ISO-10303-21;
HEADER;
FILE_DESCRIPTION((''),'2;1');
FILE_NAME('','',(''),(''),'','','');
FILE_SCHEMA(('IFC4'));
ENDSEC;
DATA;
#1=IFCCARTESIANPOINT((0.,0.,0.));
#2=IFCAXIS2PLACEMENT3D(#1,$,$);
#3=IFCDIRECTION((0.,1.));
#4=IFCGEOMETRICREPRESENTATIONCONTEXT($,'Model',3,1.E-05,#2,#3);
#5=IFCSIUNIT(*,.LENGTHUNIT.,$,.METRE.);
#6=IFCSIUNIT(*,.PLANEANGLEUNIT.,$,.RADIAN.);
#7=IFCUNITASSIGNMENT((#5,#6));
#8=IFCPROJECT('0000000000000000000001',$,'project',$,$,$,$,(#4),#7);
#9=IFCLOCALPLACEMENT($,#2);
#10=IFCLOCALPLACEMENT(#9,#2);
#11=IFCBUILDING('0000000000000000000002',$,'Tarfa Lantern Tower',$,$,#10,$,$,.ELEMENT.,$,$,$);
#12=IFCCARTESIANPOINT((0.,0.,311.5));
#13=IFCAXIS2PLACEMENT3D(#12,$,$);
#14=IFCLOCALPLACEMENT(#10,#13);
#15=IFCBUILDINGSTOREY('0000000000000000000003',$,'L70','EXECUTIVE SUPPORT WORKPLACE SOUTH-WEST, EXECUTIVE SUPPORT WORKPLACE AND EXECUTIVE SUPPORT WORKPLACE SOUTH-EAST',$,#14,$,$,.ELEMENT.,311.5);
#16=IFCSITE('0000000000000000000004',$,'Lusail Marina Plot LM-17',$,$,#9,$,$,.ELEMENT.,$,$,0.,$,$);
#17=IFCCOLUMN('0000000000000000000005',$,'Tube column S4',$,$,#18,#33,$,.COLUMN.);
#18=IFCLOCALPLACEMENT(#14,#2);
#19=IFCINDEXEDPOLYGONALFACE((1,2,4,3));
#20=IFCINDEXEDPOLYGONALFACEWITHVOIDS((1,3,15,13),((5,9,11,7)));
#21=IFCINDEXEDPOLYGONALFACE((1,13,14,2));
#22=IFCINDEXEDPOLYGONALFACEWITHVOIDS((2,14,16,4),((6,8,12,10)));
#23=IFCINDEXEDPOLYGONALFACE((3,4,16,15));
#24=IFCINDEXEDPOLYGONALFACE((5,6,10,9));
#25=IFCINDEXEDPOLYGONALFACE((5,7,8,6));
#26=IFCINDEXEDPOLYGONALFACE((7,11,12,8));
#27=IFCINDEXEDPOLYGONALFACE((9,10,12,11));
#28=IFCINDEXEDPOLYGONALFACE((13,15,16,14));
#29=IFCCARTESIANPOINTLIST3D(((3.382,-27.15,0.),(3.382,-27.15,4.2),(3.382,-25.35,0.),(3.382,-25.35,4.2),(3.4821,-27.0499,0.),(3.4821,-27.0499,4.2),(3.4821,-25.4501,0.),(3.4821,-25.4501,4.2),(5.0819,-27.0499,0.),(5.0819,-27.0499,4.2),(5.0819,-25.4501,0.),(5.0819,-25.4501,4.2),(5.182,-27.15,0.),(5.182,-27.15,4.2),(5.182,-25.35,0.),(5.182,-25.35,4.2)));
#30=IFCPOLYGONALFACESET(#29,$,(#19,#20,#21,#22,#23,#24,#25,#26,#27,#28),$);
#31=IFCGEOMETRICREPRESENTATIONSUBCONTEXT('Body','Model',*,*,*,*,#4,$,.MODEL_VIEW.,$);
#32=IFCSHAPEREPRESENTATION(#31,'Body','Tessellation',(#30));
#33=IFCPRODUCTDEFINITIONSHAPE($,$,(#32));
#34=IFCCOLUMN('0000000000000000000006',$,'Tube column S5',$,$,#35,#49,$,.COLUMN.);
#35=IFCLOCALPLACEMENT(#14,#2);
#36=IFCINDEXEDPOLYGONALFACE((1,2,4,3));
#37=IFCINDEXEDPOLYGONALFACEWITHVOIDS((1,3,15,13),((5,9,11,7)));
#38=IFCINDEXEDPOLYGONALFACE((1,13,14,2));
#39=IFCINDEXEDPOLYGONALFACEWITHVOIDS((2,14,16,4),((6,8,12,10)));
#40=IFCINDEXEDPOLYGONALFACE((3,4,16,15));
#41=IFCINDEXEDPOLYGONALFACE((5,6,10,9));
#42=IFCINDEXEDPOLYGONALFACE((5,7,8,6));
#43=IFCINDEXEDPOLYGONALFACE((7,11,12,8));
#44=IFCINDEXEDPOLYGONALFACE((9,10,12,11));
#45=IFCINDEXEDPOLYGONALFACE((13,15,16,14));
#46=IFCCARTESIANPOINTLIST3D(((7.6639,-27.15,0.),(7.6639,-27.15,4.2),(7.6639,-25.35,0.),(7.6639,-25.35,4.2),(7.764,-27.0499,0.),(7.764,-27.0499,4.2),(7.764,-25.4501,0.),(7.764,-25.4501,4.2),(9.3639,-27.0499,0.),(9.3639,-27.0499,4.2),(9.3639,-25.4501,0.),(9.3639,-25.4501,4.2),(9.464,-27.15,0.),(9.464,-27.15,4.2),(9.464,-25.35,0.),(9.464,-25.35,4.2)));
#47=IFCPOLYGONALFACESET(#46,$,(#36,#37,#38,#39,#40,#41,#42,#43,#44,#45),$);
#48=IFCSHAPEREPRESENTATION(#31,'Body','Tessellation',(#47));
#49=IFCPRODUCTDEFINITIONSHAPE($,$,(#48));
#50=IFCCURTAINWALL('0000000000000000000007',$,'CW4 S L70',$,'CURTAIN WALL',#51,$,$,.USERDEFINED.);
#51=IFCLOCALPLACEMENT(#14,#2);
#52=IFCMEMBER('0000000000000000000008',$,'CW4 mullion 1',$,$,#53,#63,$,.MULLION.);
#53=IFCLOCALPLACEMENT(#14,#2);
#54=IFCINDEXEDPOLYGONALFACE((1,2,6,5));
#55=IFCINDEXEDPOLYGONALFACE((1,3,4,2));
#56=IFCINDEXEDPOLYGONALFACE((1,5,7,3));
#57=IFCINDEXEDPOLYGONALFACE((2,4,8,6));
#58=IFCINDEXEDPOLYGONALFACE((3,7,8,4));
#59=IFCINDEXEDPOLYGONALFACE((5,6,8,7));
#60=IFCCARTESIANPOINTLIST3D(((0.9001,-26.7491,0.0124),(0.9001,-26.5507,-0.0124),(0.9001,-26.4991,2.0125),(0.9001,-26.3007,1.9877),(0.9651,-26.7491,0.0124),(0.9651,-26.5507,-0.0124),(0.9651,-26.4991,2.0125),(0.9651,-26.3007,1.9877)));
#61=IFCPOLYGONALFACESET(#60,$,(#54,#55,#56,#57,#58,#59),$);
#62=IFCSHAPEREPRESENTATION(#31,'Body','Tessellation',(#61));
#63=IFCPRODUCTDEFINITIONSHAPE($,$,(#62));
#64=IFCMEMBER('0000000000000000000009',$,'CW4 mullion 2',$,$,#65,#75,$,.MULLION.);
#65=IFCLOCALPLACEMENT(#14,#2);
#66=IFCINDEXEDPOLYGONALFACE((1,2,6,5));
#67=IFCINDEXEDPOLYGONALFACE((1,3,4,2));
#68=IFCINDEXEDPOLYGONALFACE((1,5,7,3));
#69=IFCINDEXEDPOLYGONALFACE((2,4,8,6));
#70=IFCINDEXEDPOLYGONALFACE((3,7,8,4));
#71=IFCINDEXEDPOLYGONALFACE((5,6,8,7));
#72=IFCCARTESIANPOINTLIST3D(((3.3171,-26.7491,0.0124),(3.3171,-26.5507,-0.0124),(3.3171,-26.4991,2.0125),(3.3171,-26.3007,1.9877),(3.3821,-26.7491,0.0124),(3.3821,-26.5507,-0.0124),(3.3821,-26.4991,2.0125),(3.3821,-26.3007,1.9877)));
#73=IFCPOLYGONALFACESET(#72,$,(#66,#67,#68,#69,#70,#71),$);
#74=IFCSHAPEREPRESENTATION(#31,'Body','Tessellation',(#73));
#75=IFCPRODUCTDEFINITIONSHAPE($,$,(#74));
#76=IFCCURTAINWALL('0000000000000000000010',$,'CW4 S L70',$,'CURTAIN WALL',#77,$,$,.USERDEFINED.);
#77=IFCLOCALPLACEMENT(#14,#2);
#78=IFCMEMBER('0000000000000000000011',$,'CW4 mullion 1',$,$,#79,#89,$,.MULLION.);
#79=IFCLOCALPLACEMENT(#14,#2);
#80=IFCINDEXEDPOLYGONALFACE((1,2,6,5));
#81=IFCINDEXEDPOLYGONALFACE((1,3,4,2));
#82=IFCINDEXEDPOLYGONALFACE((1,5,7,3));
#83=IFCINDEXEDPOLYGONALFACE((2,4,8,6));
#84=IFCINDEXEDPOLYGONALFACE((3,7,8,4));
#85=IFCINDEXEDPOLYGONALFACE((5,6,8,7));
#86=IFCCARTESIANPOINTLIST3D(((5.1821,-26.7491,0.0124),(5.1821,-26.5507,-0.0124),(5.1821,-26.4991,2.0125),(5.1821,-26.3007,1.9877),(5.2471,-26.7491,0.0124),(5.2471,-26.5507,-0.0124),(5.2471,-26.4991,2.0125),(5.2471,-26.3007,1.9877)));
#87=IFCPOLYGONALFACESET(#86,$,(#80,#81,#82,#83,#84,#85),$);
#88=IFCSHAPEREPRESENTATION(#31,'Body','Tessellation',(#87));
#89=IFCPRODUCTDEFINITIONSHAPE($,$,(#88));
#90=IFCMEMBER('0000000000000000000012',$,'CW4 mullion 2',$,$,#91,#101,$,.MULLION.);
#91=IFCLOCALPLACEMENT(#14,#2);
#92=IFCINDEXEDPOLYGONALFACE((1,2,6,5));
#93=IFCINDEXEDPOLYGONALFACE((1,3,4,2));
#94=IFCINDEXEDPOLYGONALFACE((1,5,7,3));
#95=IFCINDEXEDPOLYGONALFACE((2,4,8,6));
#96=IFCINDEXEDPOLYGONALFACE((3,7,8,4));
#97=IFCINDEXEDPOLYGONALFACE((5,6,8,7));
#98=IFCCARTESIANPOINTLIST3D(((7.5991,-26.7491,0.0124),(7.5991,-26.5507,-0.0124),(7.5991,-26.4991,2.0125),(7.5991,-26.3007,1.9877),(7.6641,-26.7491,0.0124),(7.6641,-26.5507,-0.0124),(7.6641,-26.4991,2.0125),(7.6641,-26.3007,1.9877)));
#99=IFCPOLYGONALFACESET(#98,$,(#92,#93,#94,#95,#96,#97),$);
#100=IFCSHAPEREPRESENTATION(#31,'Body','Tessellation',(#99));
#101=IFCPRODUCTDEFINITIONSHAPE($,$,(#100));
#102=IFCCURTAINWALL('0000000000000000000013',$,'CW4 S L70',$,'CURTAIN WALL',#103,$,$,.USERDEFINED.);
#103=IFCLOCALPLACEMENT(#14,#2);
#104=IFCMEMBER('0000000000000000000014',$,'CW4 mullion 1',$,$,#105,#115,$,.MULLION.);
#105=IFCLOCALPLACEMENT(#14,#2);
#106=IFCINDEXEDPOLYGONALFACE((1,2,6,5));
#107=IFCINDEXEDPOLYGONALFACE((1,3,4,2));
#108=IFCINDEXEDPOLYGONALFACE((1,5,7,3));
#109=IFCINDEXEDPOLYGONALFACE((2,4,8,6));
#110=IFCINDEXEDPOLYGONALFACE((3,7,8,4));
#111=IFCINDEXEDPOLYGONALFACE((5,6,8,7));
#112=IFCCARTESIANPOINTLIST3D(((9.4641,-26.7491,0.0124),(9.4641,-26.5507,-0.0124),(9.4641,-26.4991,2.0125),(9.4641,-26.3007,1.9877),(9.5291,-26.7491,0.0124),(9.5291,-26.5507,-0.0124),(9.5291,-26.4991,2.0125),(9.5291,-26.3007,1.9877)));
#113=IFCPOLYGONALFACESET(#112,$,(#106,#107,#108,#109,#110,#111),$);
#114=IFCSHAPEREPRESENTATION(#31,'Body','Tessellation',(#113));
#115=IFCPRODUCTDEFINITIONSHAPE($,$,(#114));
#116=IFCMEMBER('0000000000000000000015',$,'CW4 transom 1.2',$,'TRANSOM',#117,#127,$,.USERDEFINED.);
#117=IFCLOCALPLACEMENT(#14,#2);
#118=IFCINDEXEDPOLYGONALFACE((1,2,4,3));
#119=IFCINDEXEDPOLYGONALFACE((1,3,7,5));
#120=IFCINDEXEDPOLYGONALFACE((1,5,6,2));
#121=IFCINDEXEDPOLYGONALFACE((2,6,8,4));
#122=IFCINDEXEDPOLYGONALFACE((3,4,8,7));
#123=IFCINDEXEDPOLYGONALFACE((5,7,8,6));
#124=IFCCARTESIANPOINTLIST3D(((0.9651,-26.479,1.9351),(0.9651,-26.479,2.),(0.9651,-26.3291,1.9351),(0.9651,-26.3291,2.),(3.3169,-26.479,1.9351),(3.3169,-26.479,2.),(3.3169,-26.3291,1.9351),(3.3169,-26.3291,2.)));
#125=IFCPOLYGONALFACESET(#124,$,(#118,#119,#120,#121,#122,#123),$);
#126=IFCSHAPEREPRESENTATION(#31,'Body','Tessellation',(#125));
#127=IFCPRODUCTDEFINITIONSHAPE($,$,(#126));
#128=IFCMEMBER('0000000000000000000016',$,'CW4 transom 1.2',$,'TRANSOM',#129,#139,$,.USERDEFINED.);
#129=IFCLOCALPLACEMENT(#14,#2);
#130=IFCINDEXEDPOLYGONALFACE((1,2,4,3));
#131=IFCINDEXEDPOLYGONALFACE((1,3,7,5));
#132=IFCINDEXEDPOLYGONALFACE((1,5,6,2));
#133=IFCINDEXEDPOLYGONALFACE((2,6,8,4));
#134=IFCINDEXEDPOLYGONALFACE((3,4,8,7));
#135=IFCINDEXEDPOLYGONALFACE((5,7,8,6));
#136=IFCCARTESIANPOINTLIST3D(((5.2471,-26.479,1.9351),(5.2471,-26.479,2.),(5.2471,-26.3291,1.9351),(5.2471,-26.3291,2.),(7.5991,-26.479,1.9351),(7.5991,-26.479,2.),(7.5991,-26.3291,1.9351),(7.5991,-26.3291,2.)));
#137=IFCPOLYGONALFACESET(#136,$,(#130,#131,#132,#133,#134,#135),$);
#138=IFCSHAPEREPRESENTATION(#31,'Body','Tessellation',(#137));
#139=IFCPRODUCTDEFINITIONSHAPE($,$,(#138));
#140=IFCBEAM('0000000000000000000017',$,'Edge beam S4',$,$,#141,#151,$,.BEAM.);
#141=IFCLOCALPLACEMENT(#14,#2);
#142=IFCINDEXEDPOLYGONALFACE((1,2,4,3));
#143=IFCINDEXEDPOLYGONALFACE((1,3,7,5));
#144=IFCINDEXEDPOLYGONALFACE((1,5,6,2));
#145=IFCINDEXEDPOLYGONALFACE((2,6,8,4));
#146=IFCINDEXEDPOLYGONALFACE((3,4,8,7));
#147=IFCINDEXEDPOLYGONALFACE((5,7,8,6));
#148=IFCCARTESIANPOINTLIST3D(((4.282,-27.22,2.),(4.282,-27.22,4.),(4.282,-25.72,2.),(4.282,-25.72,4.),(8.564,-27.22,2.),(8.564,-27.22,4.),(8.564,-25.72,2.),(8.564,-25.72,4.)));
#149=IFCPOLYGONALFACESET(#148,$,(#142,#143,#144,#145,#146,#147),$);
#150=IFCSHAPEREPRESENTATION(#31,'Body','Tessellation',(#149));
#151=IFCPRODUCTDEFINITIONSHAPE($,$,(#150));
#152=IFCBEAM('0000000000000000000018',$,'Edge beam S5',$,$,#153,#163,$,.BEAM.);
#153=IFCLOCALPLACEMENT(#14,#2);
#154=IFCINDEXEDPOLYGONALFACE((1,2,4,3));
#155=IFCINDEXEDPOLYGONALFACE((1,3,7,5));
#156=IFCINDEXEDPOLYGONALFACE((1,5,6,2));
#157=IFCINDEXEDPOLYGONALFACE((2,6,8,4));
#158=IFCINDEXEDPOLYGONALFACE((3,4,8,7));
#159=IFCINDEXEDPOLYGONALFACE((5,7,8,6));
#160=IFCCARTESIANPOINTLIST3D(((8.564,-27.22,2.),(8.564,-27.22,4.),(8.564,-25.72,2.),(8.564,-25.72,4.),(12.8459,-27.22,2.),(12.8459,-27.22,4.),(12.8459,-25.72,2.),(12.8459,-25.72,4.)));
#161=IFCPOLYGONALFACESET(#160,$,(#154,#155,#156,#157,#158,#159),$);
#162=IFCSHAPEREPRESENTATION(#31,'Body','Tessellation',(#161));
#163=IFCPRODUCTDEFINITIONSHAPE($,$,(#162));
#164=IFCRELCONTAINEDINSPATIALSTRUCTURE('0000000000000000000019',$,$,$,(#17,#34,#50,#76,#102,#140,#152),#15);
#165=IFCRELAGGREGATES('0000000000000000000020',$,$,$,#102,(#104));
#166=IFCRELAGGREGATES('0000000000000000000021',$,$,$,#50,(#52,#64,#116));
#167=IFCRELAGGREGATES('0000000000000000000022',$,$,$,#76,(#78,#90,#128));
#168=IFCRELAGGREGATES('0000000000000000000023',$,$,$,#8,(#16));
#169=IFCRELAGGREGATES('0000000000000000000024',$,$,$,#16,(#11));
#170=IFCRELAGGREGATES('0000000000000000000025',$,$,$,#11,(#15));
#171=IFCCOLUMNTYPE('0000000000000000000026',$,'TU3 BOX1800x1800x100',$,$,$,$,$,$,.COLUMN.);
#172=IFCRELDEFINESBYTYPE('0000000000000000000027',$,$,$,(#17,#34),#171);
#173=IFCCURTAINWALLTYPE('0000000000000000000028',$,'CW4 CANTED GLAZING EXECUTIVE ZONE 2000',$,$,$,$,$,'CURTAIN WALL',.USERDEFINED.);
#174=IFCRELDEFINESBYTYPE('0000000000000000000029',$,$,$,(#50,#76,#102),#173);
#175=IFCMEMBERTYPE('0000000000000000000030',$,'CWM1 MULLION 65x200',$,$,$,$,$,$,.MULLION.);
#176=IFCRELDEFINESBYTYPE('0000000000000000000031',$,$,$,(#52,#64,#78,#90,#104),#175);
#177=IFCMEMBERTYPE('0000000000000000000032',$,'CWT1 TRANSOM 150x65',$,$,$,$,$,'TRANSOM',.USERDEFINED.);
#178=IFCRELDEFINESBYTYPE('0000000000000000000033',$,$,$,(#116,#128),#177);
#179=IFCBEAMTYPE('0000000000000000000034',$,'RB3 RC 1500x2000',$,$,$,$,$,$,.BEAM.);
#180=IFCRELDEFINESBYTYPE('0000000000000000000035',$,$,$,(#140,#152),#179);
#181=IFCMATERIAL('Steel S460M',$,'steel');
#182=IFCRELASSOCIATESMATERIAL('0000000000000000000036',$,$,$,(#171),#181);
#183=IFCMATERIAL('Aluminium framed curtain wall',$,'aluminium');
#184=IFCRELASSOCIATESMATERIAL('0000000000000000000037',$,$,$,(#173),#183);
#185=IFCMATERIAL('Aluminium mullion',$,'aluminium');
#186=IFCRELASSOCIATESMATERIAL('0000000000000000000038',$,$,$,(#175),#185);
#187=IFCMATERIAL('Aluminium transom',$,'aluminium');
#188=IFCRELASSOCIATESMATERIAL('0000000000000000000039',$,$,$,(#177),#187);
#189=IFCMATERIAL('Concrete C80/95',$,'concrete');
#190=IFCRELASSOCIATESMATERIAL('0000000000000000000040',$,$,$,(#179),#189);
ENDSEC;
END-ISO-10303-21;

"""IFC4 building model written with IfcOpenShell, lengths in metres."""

from ifc_helpers import new_model, si_unit, direction, frame, origin, origin_2d, place, context, subcontext, project, spatial, rectangle, hollow_rectangle, extrude, material, material_profile, profile_set, type_object, element, aggregate, save


model = new_model("IFC4")

# Units and contexts
model_context = context("Model", 3, precision=1e-05, world=origin(), true_north=direction((0.0, 1.0)))
body_context = subcontext(model_context, "Body", "Model", "MODEL_VIEW")
ifc_project = project(units=[si_unit("LENGTHUNIT", "METRE"), si_unit("PLANEANGLEUNIT", "RADIAN")], contexts=[model_context])

# Site, building, storey
site_placement = place(None, origin())
site = spatial("IfcSite", under=ifc_project, at=site_placement, Name="Lusail Marina Plot LM-17", CompositionType="ELEMENT", RefElevation=0.0)
building_placement = place(site_placement, origin())
building = spatial("IfcBuilding", under=site, at=building_placement, Name="Tarfa Lantern Tower", CompositionType="ELEMENT")
storey_placement = place(building_placement, frame((0.0, 0.0, 311.5)))
storey = spatial("IfcBuildingStorey", under=building, at=storey_placement, Name="L70", Description="EXECUTIVE SUPPORT WORKPLACE SOUTH-WEST, EXECUTIVE SUPPORT WORKPLACE AND EXECUTIVE SUPPORT WORKPLACE SOUTH-EAST", CompositionType="ELEMENT", Elevation=311.5)

# Columns
ifc_material_1 = material(Name="Steel S460M", Category="steel")
ifc_material_profile_1 = material_profile(ifc_material_1, hollow_rectangle(XDim=1.8, YDim=1.8, WallThickness=0.1001, at=origin_2d()), Name="BOX1800x1800x100")
ifc_profile_set_1 = profile_set([ifc_material_profile_1], Name="Steel S460M")
column_type = type_object("IfcColumnType", Name="TU3 BOX1800x1800x100", PredefinedType="COLUMN", material=ifc_profile_set_1)
for number, where, z_axis, x_axis, name in (
    (1, (4.282, -26.25, 0.0), (0.0, 0.0, 1.0), (1.0, 0.0, 0.0), "Tube column S4"),
    (2, (8.564, -26.25, 0.0), (0.0, 0.0, 1.0), (1.0, 0.0, 0.0), "Tube column S5"),
):
    element("IfcColumn", number, at=place(storey_placement, frame(where, z_axis=z_axis, x_axis=x_axis)), inside=storey, type_object=column_type, Name=name, PredefinedType="COLUMN", context=body_context, shape_type="SweptSolid", body=[
        extrude(hollow_rectangle(XDim=1.8, YDim=1.8, WallThickness=0.1001, at=origin_2d()), origin(), (0.0, 0.0, 1.0), 4.2),
    ])

# Curtain walls, members
ifc_material_2 = material(Name="Aluminium framed curtain wall", Category="aluminium")
curtain_wall_type = type_object("IfcCurtainWallType", Name="CW4 CANTED GLAZING EXECUTIVE ZONE 2000", ElementType="CURTAIN WALL", PredefinedType="USERDEFINED", material=ifc_material_2)
curtain_wall_1_placement = place(storey_placement, origin())
curtain_wall_1 = element("IfcCurtainWall", 3, at=curtain_wall_1_placement, inside=storey, type_object=curtain_wall_type, Name="CW4 S L70", ObjectType="CURTAIN WALL", PredefinedType="USERDEFINED")
ifc_material_3 = material(Name="Aluminium mullion", Category="aluminium")
ifc_material_profile_2 = material_profile(ifc_material_3, rectangle(XDim=0.0649, YDim=0.2, at=origin_2d()), Name="AL MULLION 65x200")
ifc_profile_set_2 = profile_set([ifc_material_profile_2], Name="Aluminium mullion")
member_type_1 = type_object("IfcMemberType", Name="CWM1 MULLION 65x200", PredefinedType="MULLION", material=ifc_profile_set_2)
member_1_placement = place(storey_placement, frame((0.9326, -26.6499, 0.0), z_axis=(0.0, 0.124035, 0.992278), x_axis=(-1.0, 0.0, 0.0)))
member_1 = element("IfcMember", 4, at=member_1_placement, type_object=member_type_1, Name="CW4 mullion 1", PredefinedType="MULLION", context=body_context, shape_type="SweptSolid", body=[
    extrude(rectangle(XDim=0.0649, YDim=0.2, at=origin_2d()), origin(), (0.0, 0.0, 1.0), 2.0156),
])
member_2_placement = place(storey_placement, frame((3.3496, -26.6499, 0.0), z_axis=(0.0, 0.124035, 0.992278), x_axis=(-1.0, 0.0, 0.0)))
member_2 = element("IfcMember", 5, at=member_2_placement, type_object=member_type_1, Name="CW4 mullion 2", PredefinedType="MULLION", context=body_context, shape_type="SweptSolid", body=[
    extrude(rectangle(XDim=0.0649, YDim=0.2, at=origin_2d()), origin(), (0.0, 0.0, 1.0), 2.0156),
])
curtain_wall_2_placement = place(storey_placement, origin())
curtain_wall_2 = element("IfcCurtainWall", 6, at=curtain_wall_2_placement, inside=storey, type_object=curtain_wall_type, Name="CW4 S L70", ObjectType="CURTAIN WALL", PredefinedType="USERDEFINED")
member_3_placement = place(storey_placement, frame((5.2146, -26.6499, 0.0), z_axis=(0.0, 0.124035, 0.992278), x_axis=(-1.0, 0.0, 0.0)))
member_3 = element("IfcMember", 7, at=member_3_placement, type_object=member_type_1, Name="CW4 mullion 1", PredefinedType="MULLION", context=body_context, shape_type="SweptSolid", body=[
    extrude(rectangle(XDim=0.0649, YDim=0.2, at=origin_2d()), origin(), (0.0, 0.0, 1.0), 2.0156),
])
member_4_placement = place(storey_placement, frame((7.6316, -26.6499, 0.0), z_axis=(0.0, 0.124035, 0.992278), x_axis=(-1.0, 0.0, 0.0)))
member_4 = element("IfcMember", 8, at=member_4_placement, type_object=member_type_1, Name="CW4 mullion 2", PredefinedType="MULLION", context=body_context, shape_type="SweptSolid", body=[
    extrude(rectangle(XDim=0.0649, YDim=0.2, at=origin_2d()), origin(), (0.0, 0.0, 1.0), 2.0156),
])

# Curtain wall, member
curtain_wall_3_placement = place(storey_placement, origin())
curtain_wall_3 = element("IfcCurtainWall", 9, at=curtain_wall_3_placement, inside=storey, type_object=curtain_wall_type, Name="CW4 S L70", ObjectType="CURTAIN WALL", PredefinedType="USERDEFINED")
member_5_placement = place(storey_placement, frame((9.4966, -26.6499, 0.0), z_axis=(0.0, 0.124035, 0.992278), x_axis=(-1.0, 0.0, 0.0)))
member_5 = element("IfcMember", 10, at=member_5_placement, type_object=member_type_1, Name="CW4 mullion 1", PredefinedType="MULLION", context=body_context, shape_type="SweptSolid", body=[
    extrude(rectangle(XDim=0.0649, YDim=0.2, at=origin_2d()), origin(), (0.0, 0.0, 1.0), 2.0156),
])
aggregate(curtain_wall_3, [member_5])

# Members
ifc_material_4 = material(Name="Aluminium transom", Category="aluminium")
ifc_material_profile_3 = material_profile(ifc_material_4, rectangle(XDim=0.1499, YDim=0.0649, at=origin_2d()), Name="AL TRANSOM 150x65")
ifc_profile_set_3 = profile_set([ifc_material_profile_3], Name="Aluminium transom")
member_type_2 = type_object("IfcMemberType", Name="CWT1 TRANSOM 150x65", ElementType="TRANSOM", PredefinedType="USERDEFINED", material=ifc_profile_set_3)
member_6_placement = place(storey_placement, frame((0.9651, -26.4041, 1.9675), z_axis=(1.0, 0.0, 0.0), x_axis=(0.0, 1.0, 0.0)))
member_6 = element("IfcMember", 11, at=member_6_placement, type_object=member_type_2, Name="CW4 transom 1.2", ObjectType="TRANSOM", PredefinedType="USERDEFINED", context=body_context, shape_type="SweptSolid", body=[
    extrude(rectangle(XDim=0.1499, YDim=0.0649, at=origin_2d()), origin(), (0.0, 0.0, 1.0), 2.3518),
])
member_7_placement = place(storey_placement, frame((5.2471, -26.4041, 1.9675), z_axis=(1.0, 0.0, 0.0), x_axis=(0.0, 1.0, 0.0)))
member_7 = element("IfcMember", 12, at=member_7_placement, type_object=member_type_2, Name="CW4 transom 1.2", ObjectType="TRANSOM", PredefinedType="USERDEFINED", context=body_context, shape_type="SweptSolid", body=[
    extrude(rectangle(XDim=0.1499, YDim=0.0649, at=origin_2d()), origin(), (0.0, 0.0, 1.0), 2.3521),
])

# Beams
ifc_material_5 = material(Name="Concrete C80/95", Category="concrete")
ifc_material_profile_4 = material_profile(ifc_material_5, rectangle(XDim=1.5, YDim=2.0, at=origin_2d()), Name="RC 1500x2000")
ifc_profile_set_4 = profile_set([ifc_material_profile_4], Name="Concrete C80/95")
beam_type_1 = type_object("IfcBeamType", Name="RB3 RC 1500x2000", PredefinedType="BEAM", material=ifc_profile_set_4)
for number, where, z_axis, x_axis, name in (
    (13, (4.282, -26.47, 3.0), (1.0, 0.0, 0.0), (0.0, 1.0, 0.0), "Edge beam S4"),
    (14, (8.564, -26.47, 3.0), (1.0, 0.0, 0.0), (0.0, 1.0, 0.0), "Edge beam S5"),
):
    element("IfcBeam", number, at=place(storey_placement, frame(where, z_axis=z_axis, x_axis=x_axis)), inside=storey, type_object=beam_type_1, Name=name, PredefinedType="BEAM", context=body_context, shape_type="SweptSolid", body=[
        extrude(rectangle(XDim=1.5, YDim=2.0, at=origin_2d()), origin(), (0.0, 0.0, 1.0), 4.282),
    ])

aggregate(curtain_wall_1, [member_1, member_2, member_6])
aggregate(curtain_wall_2, [member_3, member_4, member_7])

save(model, "model.ifc")
